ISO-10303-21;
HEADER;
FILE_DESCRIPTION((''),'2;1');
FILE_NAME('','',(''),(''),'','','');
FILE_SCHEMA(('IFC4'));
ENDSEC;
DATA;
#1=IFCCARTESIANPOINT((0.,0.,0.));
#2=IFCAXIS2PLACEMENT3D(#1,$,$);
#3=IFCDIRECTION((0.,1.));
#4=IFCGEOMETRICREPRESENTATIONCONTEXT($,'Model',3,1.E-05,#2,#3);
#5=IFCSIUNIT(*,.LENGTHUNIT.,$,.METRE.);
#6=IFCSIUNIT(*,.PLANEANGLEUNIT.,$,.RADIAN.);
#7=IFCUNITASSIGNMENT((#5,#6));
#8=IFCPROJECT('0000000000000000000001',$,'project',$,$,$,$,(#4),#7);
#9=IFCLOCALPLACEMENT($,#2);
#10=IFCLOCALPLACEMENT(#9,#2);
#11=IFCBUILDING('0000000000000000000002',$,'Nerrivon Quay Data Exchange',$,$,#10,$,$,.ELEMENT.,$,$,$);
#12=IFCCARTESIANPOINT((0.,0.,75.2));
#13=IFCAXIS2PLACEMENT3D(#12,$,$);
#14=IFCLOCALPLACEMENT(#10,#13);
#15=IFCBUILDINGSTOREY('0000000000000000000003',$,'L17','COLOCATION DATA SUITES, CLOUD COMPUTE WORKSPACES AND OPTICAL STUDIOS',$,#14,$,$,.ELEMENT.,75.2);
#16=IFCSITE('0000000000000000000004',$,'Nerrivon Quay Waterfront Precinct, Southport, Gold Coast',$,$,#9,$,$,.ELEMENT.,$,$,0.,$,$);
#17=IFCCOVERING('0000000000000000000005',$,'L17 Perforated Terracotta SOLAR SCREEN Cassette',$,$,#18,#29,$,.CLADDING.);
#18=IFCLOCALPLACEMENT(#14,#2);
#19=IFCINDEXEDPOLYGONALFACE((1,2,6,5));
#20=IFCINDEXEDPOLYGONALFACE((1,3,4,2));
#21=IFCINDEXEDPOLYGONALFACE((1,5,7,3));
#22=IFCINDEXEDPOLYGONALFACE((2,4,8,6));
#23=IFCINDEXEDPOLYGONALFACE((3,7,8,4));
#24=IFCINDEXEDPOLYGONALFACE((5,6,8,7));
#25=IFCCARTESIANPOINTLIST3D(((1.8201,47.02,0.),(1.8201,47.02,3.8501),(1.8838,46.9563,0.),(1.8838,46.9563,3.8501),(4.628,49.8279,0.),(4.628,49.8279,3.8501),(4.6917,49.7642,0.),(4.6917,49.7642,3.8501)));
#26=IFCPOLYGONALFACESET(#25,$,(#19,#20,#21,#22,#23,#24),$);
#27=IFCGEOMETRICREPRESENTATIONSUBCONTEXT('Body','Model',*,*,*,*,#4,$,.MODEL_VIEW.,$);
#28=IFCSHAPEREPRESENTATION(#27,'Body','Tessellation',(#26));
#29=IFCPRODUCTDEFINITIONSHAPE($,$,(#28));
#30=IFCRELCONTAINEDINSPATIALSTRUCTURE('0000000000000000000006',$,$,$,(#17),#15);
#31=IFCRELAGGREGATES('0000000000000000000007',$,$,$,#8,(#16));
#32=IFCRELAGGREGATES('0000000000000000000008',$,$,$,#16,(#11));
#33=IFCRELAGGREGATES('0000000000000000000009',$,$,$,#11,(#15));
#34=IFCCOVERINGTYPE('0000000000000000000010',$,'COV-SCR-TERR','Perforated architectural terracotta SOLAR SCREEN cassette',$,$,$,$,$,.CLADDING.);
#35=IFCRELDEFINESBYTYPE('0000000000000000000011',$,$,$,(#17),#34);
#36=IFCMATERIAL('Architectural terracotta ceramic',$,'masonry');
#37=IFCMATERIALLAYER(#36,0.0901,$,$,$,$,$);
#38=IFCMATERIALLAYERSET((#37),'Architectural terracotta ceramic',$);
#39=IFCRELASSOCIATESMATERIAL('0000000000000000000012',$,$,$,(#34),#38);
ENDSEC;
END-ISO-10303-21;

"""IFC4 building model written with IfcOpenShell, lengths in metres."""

from ifc_helpers import new_model, si_unit, direction, frame, origin, origin_2d, place, context, subcontext, project, spatial, rectangle, extrude, material, layer, layer_set, type_object, element, save


model = new_model("IFC4")

# Units and contexts
model_context = context("Model", 3, precision=1e-05, world=origin(), true_north=direction((0.0, 1.0)))
body_context = subcontext(model_context, "Body", "Model", "MODEL_VIEW")
ifc_project = project(units=[si_unit("LENGTHUNIT", "METRE"), si_unit("PLANEANGLEUNIT", "RADIAN")], contexts=[model_context])

# Site, building, storey
site_placement = place(None, origin())
site = spatial("IfcSite", under=ifc_project, at=site_placement, Name="Nerrivon Quay Waterfront Precinct, Southport, Gold Coast", CompositionType="ELEMENT", RefElevation=0.0)
building_placement = place(site_placement, origin())
building = spatial("IfcBuilding", under=site, at=building_placement, Name="Nerrivon Quay Data Exchange", CompositionType="ELEMENT")
storey_placement = place(building_placement, frame((0.0, 0.0, 75.2)))
storey = spatial("IfcBuildingStorey", under=building, at=storey_placement, Name="L17", Description="COLOCATION DATA SUITES, CLOUD COMPUTE WORKSPACES AND OPTICAL STUDIOS", CompositionType="ELEMENT", Elevation=75.2)

# Covering
ifc_material_1 = material(Name="Architectural terracotta ceramic", Category="masonry")
ifc_layer_1 = layer(ifc_material_1, 0.0901)
ifc_layer_set_1 = layer_set([ifc_layer_1], Name="Architectural terracotta ceramic")
covering_type = type_object("IfcCoveringType", Name="COV-SCR-TERR", Description="Perforated architectural terracotta SOLAR SCREEN cassette", PredefinedType="CLADDING", material=ifc_layer_set_1)
covering_1_placement = place(storey_placement, frame((3.2559, 48.3921, 0.0), z_axis=(0.0, 0.0, 1.0), x_axis=(0.707107, 0.707107, 0.0)))
element("IfcCovering", 1, at=covering_1_placement, inside=storey, type_object=covering_type, Name="L17 Perforated Terracotta SOLAR SCREEN Cassette", PredefinedType="CLADDING", context=body_context, shape_type="SweptSolid", body=[
    extrude(rectangle(XDim=3.9709, YDim=0.0901, at=origin_2d()), origin(), (0.0, 0.0, 1.0), 3.8501),
])

save(model, "model.ifc")
